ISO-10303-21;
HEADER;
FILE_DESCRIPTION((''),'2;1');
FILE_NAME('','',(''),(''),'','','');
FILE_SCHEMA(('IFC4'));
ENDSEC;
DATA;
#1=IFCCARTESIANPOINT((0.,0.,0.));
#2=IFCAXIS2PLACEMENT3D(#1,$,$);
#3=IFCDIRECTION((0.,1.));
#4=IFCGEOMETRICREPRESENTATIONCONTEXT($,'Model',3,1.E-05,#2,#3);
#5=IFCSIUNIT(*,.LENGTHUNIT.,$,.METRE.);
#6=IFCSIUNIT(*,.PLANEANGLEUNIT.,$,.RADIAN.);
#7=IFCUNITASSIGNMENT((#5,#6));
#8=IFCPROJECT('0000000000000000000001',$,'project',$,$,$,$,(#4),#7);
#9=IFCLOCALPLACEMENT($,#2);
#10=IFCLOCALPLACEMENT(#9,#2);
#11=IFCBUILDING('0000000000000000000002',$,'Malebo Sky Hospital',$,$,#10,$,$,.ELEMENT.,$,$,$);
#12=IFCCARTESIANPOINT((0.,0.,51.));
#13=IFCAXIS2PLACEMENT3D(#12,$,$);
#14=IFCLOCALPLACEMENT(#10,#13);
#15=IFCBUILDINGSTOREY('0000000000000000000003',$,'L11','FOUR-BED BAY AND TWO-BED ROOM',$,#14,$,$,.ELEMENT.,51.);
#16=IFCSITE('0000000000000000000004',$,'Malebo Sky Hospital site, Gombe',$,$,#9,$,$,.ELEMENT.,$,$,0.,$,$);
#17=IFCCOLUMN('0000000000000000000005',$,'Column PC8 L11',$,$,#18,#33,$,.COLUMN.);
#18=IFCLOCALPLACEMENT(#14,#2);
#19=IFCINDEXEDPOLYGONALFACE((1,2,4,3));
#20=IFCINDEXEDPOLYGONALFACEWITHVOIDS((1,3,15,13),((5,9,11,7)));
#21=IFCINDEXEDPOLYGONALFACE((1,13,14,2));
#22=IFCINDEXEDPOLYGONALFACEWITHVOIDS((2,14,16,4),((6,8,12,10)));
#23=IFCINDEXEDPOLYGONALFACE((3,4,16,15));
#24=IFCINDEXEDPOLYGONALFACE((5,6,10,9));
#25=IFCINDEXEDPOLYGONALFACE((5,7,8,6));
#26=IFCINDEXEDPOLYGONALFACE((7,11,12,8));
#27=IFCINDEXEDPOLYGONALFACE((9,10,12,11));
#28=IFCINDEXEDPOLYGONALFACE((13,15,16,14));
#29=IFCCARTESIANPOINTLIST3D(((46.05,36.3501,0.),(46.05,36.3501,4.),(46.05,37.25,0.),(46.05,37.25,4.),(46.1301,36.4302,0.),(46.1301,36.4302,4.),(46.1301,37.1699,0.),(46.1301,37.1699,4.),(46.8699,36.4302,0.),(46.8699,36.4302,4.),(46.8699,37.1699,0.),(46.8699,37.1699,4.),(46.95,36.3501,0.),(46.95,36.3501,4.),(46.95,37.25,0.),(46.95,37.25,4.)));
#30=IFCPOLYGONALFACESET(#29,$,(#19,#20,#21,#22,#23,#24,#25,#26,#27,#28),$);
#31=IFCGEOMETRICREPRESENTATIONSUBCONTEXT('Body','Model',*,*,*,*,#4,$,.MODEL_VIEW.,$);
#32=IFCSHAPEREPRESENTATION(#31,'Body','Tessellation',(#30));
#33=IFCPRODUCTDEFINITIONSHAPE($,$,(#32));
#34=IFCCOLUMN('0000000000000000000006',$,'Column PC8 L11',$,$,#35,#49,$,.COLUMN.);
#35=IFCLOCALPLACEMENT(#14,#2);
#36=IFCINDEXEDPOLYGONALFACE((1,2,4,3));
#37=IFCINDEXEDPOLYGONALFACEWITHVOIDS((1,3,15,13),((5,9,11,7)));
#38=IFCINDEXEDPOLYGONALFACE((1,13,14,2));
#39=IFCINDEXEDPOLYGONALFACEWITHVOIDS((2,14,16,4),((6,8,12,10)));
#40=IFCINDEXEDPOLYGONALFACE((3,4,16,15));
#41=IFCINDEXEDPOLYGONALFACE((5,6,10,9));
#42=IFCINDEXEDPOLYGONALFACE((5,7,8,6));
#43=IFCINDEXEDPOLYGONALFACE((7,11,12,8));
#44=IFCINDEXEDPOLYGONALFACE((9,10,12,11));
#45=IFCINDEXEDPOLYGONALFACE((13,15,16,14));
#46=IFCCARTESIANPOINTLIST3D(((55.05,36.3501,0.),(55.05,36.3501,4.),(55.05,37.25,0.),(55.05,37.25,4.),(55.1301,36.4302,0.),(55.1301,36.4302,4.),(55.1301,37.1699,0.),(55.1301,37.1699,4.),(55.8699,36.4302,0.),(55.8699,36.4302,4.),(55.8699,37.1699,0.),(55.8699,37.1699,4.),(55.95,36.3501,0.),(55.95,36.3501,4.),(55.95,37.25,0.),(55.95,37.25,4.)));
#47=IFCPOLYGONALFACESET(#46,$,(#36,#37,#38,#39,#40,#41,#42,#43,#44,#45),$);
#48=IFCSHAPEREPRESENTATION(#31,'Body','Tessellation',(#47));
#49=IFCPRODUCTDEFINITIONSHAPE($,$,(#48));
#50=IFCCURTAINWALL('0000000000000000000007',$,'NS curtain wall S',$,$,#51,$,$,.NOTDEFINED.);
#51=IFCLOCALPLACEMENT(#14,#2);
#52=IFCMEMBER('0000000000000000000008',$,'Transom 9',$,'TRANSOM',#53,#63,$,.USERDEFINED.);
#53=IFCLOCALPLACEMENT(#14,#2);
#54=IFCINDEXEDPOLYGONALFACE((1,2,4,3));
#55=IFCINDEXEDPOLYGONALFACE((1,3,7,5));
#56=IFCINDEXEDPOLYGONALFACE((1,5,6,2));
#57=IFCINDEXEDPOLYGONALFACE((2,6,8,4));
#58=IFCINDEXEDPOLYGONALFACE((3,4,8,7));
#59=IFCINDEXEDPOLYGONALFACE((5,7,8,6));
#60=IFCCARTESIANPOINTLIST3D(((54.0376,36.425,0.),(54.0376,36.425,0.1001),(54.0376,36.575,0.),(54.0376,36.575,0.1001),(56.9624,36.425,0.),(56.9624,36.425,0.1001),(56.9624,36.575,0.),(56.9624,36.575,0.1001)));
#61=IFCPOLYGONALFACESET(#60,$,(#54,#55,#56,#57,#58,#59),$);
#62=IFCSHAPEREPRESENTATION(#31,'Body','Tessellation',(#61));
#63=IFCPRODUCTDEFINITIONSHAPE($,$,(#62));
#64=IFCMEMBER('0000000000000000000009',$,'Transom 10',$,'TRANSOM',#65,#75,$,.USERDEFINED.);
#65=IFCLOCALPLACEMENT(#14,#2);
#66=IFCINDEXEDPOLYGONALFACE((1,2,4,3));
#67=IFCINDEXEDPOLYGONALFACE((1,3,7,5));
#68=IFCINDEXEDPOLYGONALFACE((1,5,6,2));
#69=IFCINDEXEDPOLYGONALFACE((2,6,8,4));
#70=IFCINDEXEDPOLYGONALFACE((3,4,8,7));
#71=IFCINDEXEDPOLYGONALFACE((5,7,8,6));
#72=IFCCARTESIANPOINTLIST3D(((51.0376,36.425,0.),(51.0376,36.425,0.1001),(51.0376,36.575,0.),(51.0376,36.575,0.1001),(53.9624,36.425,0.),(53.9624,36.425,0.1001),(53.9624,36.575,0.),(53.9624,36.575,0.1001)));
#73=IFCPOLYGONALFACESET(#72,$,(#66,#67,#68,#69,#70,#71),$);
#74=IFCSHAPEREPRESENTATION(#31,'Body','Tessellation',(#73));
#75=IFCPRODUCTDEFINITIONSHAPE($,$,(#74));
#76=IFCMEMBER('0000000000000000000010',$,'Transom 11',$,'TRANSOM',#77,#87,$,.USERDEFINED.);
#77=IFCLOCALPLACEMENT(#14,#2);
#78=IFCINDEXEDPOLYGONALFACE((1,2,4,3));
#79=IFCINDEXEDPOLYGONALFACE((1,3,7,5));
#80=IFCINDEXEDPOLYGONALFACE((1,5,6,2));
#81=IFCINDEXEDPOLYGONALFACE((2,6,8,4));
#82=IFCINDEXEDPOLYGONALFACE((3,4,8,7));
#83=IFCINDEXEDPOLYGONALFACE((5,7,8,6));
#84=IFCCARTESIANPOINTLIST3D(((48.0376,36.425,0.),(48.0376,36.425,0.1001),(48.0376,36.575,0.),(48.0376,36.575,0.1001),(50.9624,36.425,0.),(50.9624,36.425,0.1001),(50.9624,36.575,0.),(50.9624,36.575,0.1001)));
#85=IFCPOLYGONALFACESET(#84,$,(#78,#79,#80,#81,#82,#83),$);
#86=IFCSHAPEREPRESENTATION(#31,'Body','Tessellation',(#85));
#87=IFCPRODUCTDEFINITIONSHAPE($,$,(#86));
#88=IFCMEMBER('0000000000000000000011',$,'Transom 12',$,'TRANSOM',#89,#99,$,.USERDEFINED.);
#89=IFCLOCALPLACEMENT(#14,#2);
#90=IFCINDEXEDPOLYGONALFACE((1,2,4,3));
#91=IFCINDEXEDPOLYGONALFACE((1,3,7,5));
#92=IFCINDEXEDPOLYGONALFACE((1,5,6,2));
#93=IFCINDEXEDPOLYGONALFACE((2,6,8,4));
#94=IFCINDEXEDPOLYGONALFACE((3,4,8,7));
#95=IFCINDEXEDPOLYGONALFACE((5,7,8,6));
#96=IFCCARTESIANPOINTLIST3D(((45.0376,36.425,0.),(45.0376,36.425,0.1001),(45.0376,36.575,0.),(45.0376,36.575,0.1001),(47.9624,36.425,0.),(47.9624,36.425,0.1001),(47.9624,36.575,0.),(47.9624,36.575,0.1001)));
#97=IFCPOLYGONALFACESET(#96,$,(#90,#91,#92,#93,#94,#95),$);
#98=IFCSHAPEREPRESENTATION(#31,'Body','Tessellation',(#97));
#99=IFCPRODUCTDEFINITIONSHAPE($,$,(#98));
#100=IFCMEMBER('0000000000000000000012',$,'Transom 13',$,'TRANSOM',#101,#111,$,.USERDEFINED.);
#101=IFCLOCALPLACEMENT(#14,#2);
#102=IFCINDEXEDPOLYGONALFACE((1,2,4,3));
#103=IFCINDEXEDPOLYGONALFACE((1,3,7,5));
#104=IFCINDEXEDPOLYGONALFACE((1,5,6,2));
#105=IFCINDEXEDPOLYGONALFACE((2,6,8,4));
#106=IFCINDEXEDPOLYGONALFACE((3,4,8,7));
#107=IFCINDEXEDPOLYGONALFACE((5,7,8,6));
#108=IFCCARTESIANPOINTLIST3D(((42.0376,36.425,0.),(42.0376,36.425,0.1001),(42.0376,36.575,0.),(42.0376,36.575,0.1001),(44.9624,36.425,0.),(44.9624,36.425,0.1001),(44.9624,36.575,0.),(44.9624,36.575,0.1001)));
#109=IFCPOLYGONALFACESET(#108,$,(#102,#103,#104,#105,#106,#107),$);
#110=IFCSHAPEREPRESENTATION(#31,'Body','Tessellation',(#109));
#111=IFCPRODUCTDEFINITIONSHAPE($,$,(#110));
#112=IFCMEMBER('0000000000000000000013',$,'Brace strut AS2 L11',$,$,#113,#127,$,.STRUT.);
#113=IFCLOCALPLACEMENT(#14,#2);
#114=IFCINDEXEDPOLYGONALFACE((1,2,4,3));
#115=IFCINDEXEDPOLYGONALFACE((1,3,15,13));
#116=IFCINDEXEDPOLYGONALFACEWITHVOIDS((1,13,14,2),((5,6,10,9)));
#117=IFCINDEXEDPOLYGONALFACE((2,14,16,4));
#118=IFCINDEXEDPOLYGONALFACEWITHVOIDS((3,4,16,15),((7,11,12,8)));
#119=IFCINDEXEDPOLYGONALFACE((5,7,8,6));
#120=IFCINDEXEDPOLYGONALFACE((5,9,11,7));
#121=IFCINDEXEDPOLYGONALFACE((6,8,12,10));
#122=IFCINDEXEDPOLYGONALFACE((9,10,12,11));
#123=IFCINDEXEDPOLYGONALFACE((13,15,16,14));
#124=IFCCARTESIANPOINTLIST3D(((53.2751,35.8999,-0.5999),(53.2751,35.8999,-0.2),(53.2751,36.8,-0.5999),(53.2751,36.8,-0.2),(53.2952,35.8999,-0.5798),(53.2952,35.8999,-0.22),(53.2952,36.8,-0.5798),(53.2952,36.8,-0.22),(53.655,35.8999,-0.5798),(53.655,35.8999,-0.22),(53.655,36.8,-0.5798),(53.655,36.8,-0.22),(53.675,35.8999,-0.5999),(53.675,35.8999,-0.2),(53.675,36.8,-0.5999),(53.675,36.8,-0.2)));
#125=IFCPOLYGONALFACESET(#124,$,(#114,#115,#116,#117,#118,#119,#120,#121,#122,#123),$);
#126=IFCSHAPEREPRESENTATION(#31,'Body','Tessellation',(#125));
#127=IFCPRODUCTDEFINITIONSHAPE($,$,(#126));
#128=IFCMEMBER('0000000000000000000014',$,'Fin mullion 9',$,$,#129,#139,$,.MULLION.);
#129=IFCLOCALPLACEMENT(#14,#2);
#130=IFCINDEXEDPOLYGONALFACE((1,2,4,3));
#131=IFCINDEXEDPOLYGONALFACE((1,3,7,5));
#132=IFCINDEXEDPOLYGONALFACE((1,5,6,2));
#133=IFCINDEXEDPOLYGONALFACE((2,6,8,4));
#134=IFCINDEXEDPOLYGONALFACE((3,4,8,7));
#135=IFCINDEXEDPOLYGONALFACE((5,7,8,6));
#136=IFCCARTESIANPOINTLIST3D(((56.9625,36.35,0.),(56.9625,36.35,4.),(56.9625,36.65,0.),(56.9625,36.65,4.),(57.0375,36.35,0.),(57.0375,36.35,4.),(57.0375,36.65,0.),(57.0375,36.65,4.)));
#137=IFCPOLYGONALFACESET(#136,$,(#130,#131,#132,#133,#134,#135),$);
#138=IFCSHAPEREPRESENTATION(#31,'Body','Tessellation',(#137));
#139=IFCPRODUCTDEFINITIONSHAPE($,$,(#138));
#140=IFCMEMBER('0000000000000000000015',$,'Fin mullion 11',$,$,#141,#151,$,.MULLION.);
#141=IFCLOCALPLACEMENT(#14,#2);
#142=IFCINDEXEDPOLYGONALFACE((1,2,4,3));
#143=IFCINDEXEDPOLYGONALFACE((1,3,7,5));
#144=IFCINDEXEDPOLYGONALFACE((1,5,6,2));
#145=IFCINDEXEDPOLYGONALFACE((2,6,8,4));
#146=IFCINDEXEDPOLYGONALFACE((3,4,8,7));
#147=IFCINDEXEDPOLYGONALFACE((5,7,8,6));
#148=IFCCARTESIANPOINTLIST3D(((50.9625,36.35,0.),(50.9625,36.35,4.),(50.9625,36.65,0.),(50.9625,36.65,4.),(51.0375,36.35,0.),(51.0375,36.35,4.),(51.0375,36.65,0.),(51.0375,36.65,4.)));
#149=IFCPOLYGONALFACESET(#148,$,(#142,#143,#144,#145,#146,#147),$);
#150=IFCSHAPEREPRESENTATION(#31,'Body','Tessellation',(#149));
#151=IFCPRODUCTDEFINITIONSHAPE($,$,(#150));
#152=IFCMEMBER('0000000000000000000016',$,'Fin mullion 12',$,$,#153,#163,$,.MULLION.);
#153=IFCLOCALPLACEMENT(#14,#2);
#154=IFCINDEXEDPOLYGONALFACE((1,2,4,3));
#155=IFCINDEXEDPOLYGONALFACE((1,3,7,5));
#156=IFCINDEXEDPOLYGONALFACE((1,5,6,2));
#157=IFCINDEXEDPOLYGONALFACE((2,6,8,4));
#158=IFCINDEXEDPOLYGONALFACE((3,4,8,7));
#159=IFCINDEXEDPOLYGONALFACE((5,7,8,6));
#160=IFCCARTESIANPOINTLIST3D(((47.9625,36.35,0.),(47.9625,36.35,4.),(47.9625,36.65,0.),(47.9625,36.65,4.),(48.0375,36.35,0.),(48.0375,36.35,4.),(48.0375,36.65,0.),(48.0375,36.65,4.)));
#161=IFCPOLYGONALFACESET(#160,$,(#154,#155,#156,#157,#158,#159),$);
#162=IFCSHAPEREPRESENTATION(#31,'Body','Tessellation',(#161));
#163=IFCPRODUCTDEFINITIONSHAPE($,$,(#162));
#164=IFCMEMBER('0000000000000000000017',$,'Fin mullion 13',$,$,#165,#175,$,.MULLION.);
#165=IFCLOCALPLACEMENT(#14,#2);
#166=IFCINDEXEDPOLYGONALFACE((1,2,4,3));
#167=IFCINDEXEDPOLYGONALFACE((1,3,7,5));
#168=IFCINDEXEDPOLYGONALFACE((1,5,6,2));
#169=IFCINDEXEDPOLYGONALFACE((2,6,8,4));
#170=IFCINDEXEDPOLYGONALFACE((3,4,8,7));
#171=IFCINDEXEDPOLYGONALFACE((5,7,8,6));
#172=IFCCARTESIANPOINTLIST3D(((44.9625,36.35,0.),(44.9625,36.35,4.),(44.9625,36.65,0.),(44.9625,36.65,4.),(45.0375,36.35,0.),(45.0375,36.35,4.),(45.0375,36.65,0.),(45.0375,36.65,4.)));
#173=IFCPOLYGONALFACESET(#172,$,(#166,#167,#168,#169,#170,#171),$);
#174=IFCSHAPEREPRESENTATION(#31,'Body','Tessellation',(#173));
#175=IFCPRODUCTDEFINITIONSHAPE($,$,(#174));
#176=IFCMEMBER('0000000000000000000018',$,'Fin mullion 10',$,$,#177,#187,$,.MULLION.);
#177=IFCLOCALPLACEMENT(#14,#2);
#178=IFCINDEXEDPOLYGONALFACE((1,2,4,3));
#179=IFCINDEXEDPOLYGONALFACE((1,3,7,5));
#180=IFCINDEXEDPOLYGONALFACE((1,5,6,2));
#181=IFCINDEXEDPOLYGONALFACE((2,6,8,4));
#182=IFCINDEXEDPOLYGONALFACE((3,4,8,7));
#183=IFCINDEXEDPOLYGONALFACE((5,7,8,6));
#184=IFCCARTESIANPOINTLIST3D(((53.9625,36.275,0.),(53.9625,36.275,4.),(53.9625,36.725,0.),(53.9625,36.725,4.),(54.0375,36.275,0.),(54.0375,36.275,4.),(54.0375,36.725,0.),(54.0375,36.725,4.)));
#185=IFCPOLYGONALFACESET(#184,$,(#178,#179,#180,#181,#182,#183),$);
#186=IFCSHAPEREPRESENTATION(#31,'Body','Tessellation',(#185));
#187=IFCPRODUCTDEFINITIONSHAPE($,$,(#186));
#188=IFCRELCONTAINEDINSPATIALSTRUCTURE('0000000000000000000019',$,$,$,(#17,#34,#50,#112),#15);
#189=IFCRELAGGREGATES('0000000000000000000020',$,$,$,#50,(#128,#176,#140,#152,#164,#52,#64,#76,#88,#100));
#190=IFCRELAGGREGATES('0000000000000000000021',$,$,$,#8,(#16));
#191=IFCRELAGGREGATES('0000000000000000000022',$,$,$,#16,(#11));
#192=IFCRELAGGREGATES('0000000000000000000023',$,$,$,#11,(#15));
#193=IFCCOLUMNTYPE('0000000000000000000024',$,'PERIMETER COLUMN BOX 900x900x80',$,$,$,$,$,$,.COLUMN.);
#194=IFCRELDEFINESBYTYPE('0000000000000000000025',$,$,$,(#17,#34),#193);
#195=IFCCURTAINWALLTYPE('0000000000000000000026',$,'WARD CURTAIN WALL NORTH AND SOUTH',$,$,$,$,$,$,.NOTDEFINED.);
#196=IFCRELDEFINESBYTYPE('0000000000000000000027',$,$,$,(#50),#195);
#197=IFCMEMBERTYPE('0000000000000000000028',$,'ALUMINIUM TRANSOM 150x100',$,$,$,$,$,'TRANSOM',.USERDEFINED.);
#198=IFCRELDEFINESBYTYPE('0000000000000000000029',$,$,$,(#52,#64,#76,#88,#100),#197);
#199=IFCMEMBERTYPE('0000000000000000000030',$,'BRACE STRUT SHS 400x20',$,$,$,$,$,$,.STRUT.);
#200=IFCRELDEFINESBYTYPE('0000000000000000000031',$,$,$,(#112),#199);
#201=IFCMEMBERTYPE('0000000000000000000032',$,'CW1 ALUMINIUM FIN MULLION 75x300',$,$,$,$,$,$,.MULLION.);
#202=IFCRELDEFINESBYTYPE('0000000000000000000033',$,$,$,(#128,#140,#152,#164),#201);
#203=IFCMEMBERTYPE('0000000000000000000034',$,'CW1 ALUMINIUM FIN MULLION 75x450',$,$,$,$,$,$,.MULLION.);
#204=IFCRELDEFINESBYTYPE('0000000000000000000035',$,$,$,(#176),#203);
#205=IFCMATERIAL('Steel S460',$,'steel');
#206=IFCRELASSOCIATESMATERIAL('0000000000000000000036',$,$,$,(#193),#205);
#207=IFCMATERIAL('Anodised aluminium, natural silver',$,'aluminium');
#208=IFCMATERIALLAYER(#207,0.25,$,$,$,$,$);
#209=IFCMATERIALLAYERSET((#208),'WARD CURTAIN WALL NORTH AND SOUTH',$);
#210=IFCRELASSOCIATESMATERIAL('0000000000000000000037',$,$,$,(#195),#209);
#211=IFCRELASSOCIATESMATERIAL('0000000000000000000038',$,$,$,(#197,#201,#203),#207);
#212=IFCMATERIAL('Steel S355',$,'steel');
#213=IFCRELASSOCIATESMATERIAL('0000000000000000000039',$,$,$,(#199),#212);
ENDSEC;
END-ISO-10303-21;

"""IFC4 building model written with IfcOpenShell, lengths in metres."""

from ifc_helpers import new_model, si_unit, direction, frame, origin, origin_2d, place, context, subcontext, project, spatial, rectangle, hollow_rectangle, extrude, material, layer, layer_set, material_profile, profile_set, type_object, element, aggregate, save


model = new_model("IFC4")

# Units and contexts
model_context = context("Model", 3, precision=1e-05, world=origin(), true_north=direction((0.0, 1.0)))
body_context = subcontext(model_context, "Body", "Model", "MODEL_VIEW")
ifc_project = project(units=[si_unit("LENGTHUNIT", "METRE"), si_unit("PLANEANGLEUNIT", "RADIAN")], contexts=[model_context])

# Site, building, storey
site_placement = place(None, origin())
site = spatial("IfcSite", under=ifc_project, at=site_placement, Name="Malebo Sky Hospital site, Gombe", CompositionType="ELEMENT", RefElevation=0.0)
building_placement = place(site_placement, origin())
building = spatial("IfcBuilding", under=site, at=building_placement, Name="Malebo Sky Hospital", CompositionType="ELEMENT")
storey_placement = place(building_placement, frame((0.0, 0.0, 51.0)))
storey = spatial("IfcBuildingStorey", under=building, at=storey_placement, Name="L11", Description="FOUR-BED BAY AND TWO-BED ROOM", CompositionType="ELEMENT", Elevation=51.0)

# Columns
ifc_material_1 = material(Name="Steel S460", Category="steel")
ifc_material_profile_1 = material_profile(ifc_material_1, hollow_rectangle(XDim=0.8999, YDim=0.8999, WallThickness=0.0801, at=origin_2d()), Name="BOX 900x900x80")
ifc_profile_set_1 = profile_set([ifc_material_profile_1], Name="Steel S460")
column_type = type_object("IfcColumnType", Name="PERIMETER COLUMN BOX 900x900x80", PredefinedType="COLUMN", material=ifc_profile_set_1)
for number, where, z_axis, x_axis, name in (
    (1, (46.5, 36.8, 0.0), (0.0, 0.0, 1.0), (1.0, 0.0, 0.0), "Column PC8 L11"),
    (2, (55.5, 36.8, 0.0), (0.0, 0.0, 1.0), (1.0, 0.0, 0.0), "Column PC8 L11"),
):
    element("IfcColumn", number, at=place(storey_placement, frame(where, z_axis=z_axis, x_axis=x_axis)), inside=storey, type_object=column_type, Name=name, PredefinedType="COLUMN", context=body_context, shape_type="SweptSolid", body=[
        extrude(hollow_rectangle(XDim=0.8999, YDim=0.8999, WallThickness=0.0801, at=origin_2d()), origin(), (0.0, 0.0, 1.0), 4.0),
    ])

# Curtain wall, members
ifc_material_2 = material(Name="Anodised aluminium, natural silver", Category="aluminium")
ifc_layer_1 = layer(ifc_material_2, 0.25)
ifc_layer_set_1 = layer_set([ifc_layer_1], Name="WARD CURTAIN WALL NORTH AND SOUTH")
curtain_wall_type = type_object("IfcCurtainWallType", Name="WARD CURTAIN WALL NORTH AND SOUTH", PredefinedType="NOTDEFINED", material=ifc_layer_set_1)
curtain_wall_placement = place(storey_placement, origin())
curtain_wall = element("IfcCurtainWall", 3, at=curtain_wall_placement, inside=storey, type_object=curtain_wall_type, Name="NS curtain wall S", PredefinedType="NOTDEFINED")
ifc_material_profile_2 = material_profile(ifc_material_2, rectangle(XDim=0.1499, YDim=0.1001, at=origin_2d()), Name="ALUMINIUM TRANSOM 150x100")
ifc_profile_set_2 = profile_set([ifc_material_profile_2], Name="Anodised aluminium, natural silver")
member_type_1 = type_object("IfcMemberType", Name="ALUMINIUM TRANSOM 150x100", ElementType="TRANSOM", PredefinedType="USERDEFINED", material=ifc_profile_set_2)
member_1_placement = place(storey_placement, frame((56.9624, 36.5, 0.05), z_axis=(-1.0, 0.0, 0.0), x_axis=(0.0, -1.0, 0.0)))
member_1 = element("IfcMember", 4, at=member_1_placement, type_object=member_type_1, Name="Transom 9", ObjectType="TRANSOM", PredefinedType="USERDEFINED", context=body_context, shape_type="SweptSolid", body=[
    extrude(rectangle(XDim=0.1499, YDim=0.1001, at=origin_2d()), origin(), (0.0, 0.0, 1.0), 2.9248),
])
member_2_placement = place(storey_placement, frame((53.9624, 36.5, 0.05), z_axis=(-1.0, 0.0, 0.0), x_axis=(0.0, -1.0, 0.0)))
member_2 = element("IfcMember", 5, at=member_2_placement, type_object=member_type_1, Name="Transom 10", ObjectType="TRANSOM", PredefinedType="USERDEFINED", context=body_context, shape_type="SweptSolid", body=[
    extrude(rectangle(XDim=0.1499, YDim=0.1001, at=origin_2d()), origin(), (0.0, 0.0, 1.0), 2.9248),
])
member_3_placement = place(storey_placement, frame((50.9624, 36.5, 0.05), z_axis=(-1.0, 0.0, 0.0), x_axis=(0.0, -1.0, 0.0)))
member_3 = element("IfcMember", 6, at=member_3_placement, type_object=member_type_1, Name="Transom 11", ObjectType="TRANSOM", PredefinedType="USERDEFINED", context=body_context, shape_type="SweptSolid", body=[
    extrude(rectangle(XDim=0.1499, YDim=0.1001, at=origin_2d()), origin(), (0.0, 0.0, 1.0), 2.9248),
])
member_4_placement = place(storey_placement, frame((47.9624, 36.5, 0.05), z_axis=(-1.0, 0.0, 0.0), x_axis=(0.0, -1.0, 0.0)))
member_4 = element("IfcMember", 7, at=member_4_placement, type_object=member_type_1, Name="Transom 12", ObjectType="TRANSOM", PredefinedType="USERDEFINED", context=body_context, shape_type="SweptSolid", body=[
    extrude(rectangle(XDim=0.1499, YDim=0.1001, at=origin_2d()), origin(), (0.0, 0.0, 1.0), 2.9248),
])
member_5_placement = place(storey_placement, frame((44.9624, 36.5, 0.05), z_axis=(-1.0, 0.0, 0.0), x_axis=(0.0, -1.0, 0.0)))
member_5 = element("IfcMember", 8, at=member_5_placement, type_object=member_type_1, Name="Transom 13", ObjectType="TRANSOM", PredefinedType="USERDEFINED", context=body_context, shape_type="SweptSolid", body=[
    extrude(rectangle(XDim=0.1499, YDim=0.1001, at=origin_2d()), origin(), (0.0, 0.0, 1.0), 2.9248),
])

# Members
ifc_material_3 = material(Name="Steel S355", Category="steel")
ifc_material_profile_3 = material_profile(ifc_material_3, hollow_rectangle(XDim=0.3999, YDim=0.3999, WallThickness=0.02, at=origin_2d()), Name="SHS 400x20")
ifc_profile_set_3 = profile_set([ifc_material_profile_3], Name="Steel S355")
member_type_2 = type_object("IfcMemberType", Name="BRACE STRUT SHS 400x20", PredefinedType="STRUT", material=ifc_profile_set_3)
member_6_placement = place(storey_placement, frame((53.4751, 35.8999, -0.3999), z_axis=(0.0, 1.0, 0.0), x_axis=(-1.0, 0.0, 0.0)))
element("IfcMember", 9, at=member_6_placement, inside=storey, type_object=member_type_2, Name="Brace strut AS2 L11", PredefinedType="STRUT", context=body_context, shape_type="SweptSolid", body=[
    extrude(hollow_rectangle(XDim=0.3999, YDim=0.3999, WallThickness=0.02, at=origin_2d()), origin(), (0.0, 0.0, 1.0), 0.9001),
])
ifc_material_profile_4 = material_profile(ifc_material_2, rectangle(XDim=0.075, YDim=0.3, at=origin_2d()), Name="CW1 ALUMINIUM FIN MULLION 75x300")
ifc_profile_set_4 = profile_set([ifc_material_profile_4], Name="Anodised aluminium, natural silver")
member_type_3 = type_object("IfcMemberType", Name="CW1 ALUMINIUM FIN MULLION 75x300", PredefinedType="MULLION", material=ifc_profile_set_4)
member_7_placement = place(storey_placement, frame((57.0, 36.5, 0.0), z_axis=(0.0, 0.0, 1.0), x_axis=(-1.0, 0.0, 0.0)))
member_7 = element("IfcMember", 10, at=member_7_placement, type_object=member_type_3, Name="Fin mullion 9", PredefinedType="MULLION", context=body_context, shape_type="SweptSolid", body=[
    extrude(rectangle(XDim=0.075, YDim=0.3, at=origin_2d()), origin(), (0.0, 0.0, 1.0), 4.0),
])
member_8_placement = place(storey_placement, frame((51.0, 36.5, 0.0), z_axis=(0.0, 0.0, 1.0), x_axis=(-1.0, 0.0, 0.0)))
member_8 = element("IfcMember", 11, at=member_8_placement, type_object=member_type_3, Name="Fin mullion 11", PredefinedType="MULLION", context=body_context, shape_type="SweptSolid", body=[
    extrude(rectangle(XDim=0.075, YDim=0.3, at=origin_2d()), origin(), (0.0, 0.0, 1.0), 4.0),
])
member_9_placement = place(storey_placement, frame((48.0, 36.5, 0.0), z_axis=(0.0, 0.0, 1.0), x_axis=(-1.0, 0.0, 0.0)))
member_9 = element("IfcMember", 12, at=member_9_placement, type_object=member_type_3, Name="Fin mullion 12", PredefinedType="MULLION", context=body_context, shape_type="SweptSolid", body=[
    extrude(rectangle(XDim=0.075, YDim=0.3, at=origin_2d()), origin(), (0.0, 0.0, 1.0), 4.0),
])
member_10_placement = place(storey_placement, frame((45.0, 36.5, 0.0), z_axis=(0.0, 0.0, 1.0), x_axis=(-1.0, 0.0, 0.0)))
member_10 = element("IfcMember", 13, at=member_10_placement, type_object=member_type_3, Name="Fin mullion 13", PredefinedType="MULLION", context=body_context, shape_type="SweptSolid", body=[
    extrude(rectangle(XDim=0.075, YDim=0.3, at=origin_2d()), origin(), (0.0, 0.0, 1.0), 4.0),
])
ifc_material_profile_5 = material_profile(ifc_material_2, rectangle(XDim=0.075, YDim=0.45, at=origin_2d()), Name="CW1 ALUMINIUM FIN MULLION 75x450")
ifc_profile_set_5 = profile_set([ifc_material_profile_5], Name="Anodised aluminium, natural silver")
member_type_4 = type_object("IfcMemberType", Name="CW1 ALUMINIUM FIN MULLION 75x450", PredefinedType="MULLION", material=ifc_profile_set_5)
member_11_placement = place(storey_placement, frame((54.0, 36.5, 0.0), z_axis=(0.0, 0.0, 1.0), x_axis=(-1.0, 0.0, 0.0)))
member_11 = element("IfcMember", 14, at=member_11_placement, type_object=member_type_4, Name="Fin mullion 10", PredefinedType="MULLION", context=body_context, shape_type="SweptSolid", body=[
    extrude(rectangle(XDim=0.075, YDim=0.45, at=origin_2d()), origin(), (0.0, 0.0, 1.0), 4.0),
])

aggregate(curtain_wall, [member_7, member_11, member_8, member_9, member_10, member_1, member_2, member_3, member_4, member_5])

save(model, "model.ifc")
